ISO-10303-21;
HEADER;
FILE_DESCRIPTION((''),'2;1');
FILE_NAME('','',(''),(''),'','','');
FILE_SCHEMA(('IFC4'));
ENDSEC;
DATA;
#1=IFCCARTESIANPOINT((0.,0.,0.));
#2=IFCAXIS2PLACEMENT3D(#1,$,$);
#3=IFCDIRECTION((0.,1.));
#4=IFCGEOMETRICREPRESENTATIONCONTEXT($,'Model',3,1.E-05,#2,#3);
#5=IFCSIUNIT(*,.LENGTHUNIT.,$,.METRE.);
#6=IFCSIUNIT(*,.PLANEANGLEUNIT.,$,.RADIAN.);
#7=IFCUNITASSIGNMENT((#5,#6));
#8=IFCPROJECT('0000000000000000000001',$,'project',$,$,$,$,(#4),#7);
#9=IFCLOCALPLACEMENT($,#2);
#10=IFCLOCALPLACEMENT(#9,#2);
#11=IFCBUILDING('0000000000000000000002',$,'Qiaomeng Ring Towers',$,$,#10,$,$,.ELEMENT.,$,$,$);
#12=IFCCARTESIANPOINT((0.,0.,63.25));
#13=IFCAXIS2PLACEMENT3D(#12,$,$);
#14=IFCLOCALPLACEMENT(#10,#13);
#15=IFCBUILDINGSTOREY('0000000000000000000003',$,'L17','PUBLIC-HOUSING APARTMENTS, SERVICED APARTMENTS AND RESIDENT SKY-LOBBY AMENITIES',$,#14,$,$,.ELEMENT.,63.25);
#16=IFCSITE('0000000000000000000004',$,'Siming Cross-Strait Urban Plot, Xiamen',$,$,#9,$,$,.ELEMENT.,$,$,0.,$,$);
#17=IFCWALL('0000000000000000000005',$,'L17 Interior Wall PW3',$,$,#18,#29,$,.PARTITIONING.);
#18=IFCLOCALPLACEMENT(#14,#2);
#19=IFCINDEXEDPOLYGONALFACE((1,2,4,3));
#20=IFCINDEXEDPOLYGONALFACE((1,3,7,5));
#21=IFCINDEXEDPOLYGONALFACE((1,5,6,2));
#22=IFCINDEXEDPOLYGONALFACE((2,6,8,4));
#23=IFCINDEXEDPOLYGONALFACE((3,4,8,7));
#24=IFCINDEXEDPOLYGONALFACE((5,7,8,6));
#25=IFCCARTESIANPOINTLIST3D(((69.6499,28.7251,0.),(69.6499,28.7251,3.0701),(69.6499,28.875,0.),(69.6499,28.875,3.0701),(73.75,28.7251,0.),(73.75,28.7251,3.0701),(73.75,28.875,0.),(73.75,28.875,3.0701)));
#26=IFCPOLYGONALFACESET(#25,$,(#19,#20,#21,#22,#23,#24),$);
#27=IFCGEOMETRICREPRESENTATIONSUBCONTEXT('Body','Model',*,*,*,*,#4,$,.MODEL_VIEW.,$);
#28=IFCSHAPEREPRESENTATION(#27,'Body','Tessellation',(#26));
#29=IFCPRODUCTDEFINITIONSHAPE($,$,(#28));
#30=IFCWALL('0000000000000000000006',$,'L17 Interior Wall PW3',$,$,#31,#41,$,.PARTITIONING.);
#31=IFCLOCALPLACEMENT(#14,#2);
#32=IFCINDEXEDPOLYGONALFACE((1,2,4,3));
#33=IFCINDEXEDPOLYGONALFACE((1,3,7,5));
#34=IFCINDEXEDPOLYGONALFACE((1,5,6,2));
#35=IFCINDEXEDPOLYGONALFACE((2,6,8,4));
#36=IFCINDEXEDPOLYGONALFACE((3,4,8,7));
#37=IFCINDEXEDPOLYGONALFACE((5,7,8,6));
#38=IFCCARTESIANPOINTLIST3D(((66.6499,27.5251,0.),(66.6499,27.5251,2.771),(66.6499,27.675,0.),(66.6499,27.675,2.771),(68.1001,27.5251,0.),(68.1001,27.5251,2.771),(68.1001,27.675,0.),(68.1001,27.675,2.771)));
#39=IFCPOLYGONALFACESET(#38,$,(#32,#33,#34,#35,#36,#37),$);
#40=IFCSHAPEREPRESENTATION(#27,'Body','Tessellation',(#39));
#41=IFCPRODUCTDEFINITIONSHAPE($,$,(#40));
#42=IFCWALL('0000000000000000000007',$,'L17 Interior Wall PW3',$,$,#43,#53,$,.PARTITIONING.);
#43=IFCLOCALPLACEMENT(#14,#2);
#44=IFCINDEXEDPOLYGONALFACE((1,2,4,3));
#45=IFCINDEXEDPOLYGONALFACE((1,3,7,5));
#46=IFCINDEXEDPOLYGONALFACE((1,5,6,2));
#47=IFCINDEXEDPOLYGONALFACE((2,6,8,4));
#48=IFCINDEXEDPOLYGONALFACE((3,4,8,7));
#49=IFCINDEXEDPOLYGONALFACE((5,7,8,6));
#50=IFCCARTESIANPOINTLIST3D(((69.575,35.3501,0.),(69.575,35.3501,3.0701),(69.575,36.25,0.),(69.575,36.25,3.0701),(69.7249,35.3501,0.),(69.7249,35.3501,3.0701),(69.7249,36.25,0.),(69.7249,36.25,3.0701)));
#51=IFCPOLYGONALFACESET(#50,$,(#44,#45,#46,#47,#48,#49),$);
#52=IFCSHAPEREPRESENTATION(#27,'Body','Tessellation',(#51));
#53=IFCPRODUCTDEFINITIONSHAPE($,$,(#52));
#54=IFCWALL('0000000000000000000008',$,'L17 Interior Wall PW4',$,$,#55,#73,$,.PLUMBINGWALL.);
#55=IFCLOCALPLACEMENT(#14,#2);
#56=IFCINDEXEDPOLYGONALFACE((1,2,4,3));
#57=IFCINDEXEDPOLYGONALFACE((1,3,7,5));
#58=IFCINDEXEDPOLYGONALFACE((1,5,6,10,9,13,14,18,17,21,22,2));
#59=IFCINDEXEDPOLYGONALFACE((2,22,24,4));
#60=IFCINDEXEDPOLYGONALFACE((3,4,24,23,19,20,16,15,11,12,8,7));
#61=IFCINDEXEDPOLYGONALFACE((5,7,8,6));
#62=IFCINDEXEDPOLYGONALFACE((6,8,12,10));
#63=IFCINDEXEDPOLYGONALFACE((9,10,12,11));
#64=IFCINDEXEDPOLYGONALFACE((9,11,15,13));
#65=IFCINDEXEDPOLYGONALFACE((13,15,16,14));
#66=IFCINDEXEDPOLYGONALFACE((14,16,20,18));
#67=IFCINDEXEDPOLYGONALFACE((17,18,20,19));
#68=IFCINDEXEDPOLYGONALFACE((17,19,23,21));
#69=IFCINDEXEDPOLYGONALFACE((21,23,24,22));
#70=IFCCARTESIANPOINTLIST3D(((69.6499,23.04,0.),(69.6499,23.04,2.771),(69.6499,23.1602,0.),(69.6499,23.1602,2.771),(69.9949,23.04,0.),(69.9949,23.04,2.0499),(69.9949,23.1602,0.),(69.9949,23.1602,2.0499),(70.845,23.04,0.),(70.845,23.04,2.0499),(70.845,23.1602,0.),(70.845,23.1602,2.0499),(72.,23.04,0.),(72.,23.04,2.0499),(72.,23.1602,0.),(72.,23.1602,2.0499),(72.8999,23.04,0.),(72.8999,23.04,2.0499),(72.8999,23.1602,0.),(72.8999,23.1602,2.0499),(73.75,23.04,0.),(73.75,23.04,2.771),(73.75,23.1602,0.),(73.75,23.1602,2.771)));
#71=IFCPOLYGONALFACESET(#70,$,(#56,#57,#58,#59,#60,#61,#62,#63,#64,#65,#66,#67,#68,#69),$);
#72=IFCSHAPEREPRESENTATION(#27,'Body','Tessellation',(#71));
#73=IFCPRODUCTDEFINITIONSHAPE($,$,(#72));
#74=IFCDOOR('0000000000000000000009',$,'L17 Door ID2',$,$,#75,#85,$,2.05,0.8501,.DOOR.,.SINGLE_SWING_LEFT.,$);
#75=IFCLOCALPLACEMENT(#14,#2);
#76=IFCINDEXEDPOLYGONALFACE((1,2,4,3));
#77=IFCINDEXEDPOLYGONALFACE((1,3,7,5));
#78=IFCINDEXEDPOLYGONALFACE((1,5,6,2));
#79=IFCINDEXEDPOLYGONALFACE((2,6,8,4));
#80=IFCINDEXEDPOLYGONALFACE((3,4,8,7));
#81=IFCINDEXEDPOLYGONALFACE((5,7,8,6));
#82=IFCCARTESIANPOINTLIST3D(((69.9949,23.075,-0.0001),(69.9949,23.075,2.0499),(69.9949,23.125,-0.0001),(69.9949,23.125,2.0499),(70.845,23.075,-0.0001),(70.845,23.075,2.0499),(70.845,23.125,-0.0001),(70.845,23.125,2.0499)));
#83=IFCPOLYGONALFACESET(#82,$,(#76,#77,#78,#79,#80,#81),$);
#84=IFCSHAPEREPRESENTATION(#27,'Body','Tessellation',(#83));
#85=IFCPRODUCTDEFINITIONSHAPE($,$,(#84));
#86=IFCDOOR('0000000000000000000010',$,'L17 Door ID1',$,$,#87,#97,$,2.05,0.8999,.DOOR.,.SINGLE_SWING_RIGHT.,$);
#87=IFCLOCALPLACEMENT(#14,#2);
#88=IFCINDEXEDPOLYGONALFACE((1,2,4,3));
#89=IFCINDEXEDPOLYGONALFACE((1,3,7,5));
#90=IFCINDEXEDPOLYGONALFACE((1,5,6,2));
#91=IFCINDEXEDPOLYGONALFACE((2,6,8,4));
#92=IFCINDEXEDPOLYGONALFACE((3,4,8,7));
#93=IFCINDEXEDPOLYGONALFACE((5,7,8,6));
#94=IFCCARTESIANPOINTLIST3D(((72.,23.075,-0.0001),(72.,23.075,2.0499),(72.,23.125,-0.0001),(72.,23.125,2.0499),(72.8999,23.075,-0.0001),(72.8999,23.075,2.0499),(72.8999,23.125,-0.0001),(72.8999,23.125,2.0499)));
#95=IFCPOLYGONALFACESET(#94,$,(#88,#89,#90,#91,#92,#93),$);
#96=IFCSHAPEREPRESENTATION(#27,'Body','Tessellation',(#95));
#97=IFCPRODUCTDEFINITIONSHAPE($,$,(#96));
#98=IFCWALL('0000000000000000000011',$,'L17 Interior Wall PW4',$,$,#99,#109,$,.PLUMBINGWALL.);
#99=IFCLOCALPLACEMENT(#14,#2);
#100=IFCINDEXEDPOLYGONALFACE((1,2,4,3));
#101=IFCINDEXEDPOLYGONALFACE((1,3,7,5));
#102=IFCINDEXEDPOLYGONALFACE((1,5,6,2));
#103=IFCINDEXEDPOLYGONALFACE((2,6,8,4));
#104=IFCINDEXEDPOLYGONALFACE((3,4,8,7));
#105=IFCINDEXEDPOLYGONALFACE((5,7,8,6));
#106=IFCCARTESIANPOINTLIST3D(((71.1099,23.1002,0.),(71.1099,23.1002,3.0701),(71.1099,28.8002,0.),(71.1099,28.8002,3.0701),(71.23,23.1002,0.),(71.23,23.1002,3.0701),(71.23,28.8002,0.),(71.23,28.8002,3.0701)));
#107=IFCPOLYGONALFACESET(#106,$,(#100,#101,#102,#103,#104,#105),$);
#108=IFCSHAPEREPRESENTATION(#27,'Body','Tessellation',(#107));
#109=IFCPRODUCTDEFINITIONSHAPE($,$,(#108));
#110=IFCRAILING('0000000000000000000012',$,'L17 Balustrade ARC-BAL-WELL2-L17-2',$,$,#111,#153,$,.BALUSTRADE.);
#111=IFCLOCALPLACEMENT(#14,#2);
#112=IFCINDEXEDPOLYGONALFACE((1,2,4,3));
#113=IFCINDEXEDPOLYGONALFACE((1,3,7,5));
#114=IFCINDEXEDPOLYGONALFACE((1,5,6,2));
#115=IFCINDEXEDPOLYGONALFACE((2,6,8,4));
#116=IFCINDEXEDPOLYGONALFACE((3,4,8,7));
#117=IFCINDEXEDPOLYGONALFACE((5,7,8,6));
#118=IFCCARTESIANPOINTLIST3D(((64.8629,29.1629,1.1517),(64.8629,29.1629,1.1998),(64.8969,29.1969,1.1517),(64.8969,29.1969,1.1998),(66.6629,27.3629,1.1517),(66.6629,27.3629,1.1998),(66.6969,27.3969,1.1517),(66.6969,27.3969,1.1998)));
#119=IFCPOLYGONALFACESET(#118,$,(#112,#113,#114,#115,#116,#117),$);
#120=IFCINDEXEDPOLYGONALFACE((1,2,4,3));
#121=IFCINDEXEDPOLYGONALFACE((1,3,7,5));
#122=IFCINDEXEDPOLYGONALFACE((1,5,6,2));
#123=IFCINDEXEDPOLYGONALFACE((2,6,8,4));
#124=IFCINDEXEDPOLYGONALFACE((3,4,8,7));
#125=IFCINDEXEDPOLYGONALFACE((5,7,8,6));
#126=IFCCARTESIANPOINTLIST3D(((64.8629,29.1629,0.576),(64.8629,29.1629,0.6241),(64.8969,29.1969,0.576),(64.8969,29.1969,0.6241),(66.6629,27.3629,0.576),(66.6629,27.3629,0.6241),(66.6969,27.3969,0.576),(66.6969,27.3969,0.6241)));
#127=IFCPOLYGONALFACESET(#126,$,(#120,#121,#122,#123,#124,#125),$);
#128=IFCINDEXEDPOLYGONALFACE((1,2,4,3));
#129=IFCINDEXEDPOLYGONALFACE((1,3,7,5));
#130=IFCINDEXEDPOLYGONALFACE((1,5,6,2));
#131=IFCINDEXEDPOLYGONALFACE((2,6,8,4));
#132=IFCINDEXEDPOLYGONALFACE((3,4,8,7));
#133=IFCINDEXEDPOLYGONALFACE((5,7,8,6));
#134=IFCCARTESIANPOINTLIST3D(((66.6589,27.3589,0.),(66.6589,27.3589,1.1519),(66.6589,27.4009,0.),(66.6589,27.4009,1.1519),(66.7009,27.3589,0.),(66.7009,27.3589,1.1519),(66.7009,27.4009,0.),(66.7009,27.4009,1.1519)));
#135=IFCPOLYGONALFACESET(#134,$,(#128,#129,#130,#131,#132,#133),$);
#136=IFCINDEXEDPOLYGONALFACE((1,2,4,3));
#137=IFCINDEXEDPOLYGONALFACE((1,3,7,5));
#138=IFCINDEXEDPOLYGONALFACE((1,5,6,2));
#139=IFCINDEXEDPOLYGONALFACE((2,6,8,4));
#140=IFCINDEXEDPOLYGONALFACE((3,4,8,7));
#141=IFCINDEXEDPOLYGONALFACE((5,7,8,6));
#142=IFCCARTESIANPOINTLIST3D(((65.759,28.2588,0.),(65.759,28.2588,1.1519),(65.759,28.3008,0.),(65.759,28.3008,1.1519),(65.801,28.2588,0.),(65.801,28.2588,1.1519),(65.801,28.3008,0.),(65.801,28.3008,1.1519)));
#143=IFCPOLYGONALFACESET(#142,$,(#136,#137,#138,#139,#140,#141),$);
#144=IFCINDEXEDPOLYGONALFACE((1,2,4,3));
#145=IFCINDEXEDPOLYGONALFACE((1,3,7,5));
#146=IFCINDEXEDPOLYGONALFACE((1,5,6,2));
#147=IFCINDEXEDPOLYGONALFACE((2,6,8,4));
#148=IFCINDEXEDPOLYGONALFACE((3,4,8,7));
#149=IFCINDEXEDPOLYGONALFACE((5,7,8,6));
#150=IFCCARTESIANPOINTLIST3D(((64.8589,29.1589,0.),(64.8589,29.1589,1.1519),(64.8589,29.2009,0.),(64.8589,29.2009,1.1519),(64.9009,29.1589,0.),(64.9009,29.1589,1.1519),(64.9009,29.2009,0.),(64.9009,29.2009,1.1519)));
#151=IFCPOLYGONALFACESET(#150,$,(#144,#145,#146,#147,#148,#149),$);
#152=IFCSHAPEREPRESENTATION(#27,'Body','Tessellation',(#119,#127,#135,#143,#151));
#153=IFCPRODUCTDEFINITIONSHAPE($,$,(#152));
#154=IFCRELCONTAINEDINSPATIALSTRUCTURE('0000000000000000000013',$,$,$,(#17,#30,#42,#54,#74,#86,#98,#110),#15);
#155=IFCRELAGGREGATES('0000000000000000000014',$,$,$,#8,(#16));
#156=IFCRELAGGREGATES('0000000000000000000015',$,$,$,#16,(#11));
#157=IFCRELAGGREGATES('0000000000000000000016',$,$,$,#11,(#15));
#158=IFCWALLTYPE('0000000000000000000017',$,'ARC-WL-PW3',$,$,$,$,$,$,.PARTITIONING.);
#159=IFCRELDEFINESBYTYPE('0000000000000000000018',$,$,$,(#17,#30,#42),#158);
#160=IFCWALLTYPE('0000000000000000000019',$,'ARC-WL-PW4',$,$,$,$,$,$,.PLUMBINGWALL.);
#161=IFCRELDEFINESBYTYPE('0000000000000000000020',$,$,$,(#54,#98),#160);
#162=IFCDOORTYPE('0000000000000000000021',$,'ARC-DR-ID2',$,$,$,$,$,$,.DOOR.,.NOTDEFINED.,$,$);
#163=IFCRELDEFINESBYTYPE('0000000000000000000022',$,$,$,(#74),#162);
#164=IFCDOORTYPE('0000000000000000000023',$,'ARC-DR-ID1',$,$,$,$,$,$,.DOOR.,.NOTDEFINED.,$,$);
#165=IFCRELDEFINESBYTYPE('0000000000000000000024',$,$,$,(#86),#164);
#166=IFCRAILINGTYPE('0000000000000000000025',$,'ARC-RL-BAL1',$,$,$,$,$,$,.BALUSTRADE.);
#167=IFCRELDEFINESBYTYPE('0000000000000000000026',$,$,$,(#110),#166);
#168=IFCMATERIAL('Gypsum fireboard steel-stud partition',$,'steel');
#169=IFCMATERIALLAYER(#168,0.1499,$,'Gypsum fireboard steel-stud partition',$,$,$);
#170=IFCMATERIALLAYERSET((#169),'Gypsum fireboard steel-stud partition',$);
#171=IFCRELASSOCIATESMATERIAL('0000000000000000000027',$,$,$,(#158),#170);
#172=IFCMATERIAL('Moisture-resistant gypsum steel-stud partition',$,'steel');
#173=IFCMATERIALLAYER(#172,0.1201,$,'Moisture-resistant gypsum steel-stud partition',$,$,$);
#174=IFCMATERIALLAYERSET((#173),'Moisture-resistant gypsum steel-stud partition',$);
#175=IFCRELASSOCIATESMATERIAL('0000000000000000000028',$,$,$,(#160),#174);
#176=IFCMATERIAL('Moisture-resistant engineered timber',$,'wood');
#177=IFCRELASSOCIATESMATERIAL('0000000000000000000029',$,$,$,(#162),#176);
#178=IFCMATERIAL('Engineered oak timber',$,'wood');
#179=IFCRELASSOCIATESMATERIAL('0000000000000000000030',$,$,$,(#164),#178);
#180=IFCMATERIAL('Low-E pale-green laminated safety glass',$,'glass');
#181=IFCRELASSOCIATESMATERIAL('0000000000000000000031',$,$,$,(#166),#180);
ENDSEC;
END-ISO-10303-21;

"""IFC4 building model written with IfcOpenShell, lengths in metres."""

from ifc_helpers import new_model, si_unit, direction, frame, frame_2d, origin, origin_2d, place, context, subcontext, project, spatial, rectangle, extrude, source, transform, mapped, material, layer, layer_set, type_object, element, fill, save


model = new_model("IFC4")

# Units and contexts
model_context = context("Model", 3, precision=1e-05, world=origin(), true_north=direction((0.0, 1.0)))
body_context = subcontext(model_context, "Body", "Model", "MODEL_VIEW")
ifc_project = project(units=[si_unit("LENGTHUNIT", "METRE"), si_unit("PLANEANGLEUNIT", "RADIAN")], contexts=[model_context])

# Site, building, storey
site_placement = place(None, origin())
site = spatial("IfcSite", under=ifc_project, at=site_placement, Name="Siming Cross-Strait Urban Plot, Xiamen", CompositionType="ELEMENT", RefElevation=0.0)
building_placement = place(site_placement, origin())
building = spatial("IfcBuilding", under=site, at=building_placement, Name="Qiaomeng Ring Towers", CompositionType="ELEMENT")
storey_placement = place(building_placement, frame((0.0, 0.0, 63.25)))
storey = spatial("IfcBuildingStorey", under=building, at=storey_placement, Name="L17", Description="PUBLIC-HOUSING APARTMENTS, SERVICED APARTMENTS AND RESIDENT SKY-LOBBY AMENITIES", CompositionType="ELEMENT", Elevation=63.25)

# Walls
ifc_material_1 = material(Name="Gypsum fireboard steel-stud partition", Category="steel")
ifc_layer_1 = layer(ifc_material_1, 0.1499, Name="Gypsum fireboard steel-stud partition")
ifc_layer_set_1 = layer_set([ifc_layer_1], Name="Gypsum fireboard steel-stud partition")
wall_type_1 = type_object("IfcWallType", Name="ARC-WL-PW3", PredefinedType="PARTITIONING", material=ifc_layer_set_1)
wall_1_placement = place(storey_placement, frame((69.6499, 28.8, 0.0), z_axis=(0.0, 0.0, 1.0), x_axis=(1.0, 0.0, 0.0)))
element("IfcWall", 1, at=wall_1_placement, inside=storey, type_object=wall_type_1, Name="L17 Interior Wall PW3", PredefinedType="PARTITIONING", context=body_context, shape_type="SweptSolid", body=[
    extrude(rectangle(XDim=4.1001, YDim=0.1499, at=frame_2d((2.05, 0.0))), origin(), (0.0, 0.0, 1.0), 3.0701),
])
wall_2_placement = place(storey_placement, frame((66.6499, 27.6001, 0.0), z_axis=(0.0, 0.0, 1.0), x_axis=(1.0, 0.0, 0.0)))
element("IfcWall", 2, at=wall_2_placement, inside=storey, type_object=wall_type_1, Name="L17 Interior Wall PW3", PredefinedType="PARTITIONING", context=body_context, shape_type="SweptSolid", body=[
    extrude(rectangle(XDim=1.4502, YDim=0.1499, at=frame_2d((0.7251, 0.0))), origin(), (0.0, 0.0, 1.0), 2.771),
])
wall_3_placement = place(storey_placement, frame((69.6499, 35.3501, 0.0), z_axis=(0.0, 0.0, 1.0), x_axis=(0.0, 1.0, 0.0)))
element("IfcWall", 3, at=wall_3_placement, inside=storey, type_object=wall_type_1, Name="L17 Interior Wall PW3", PredefinedType="PARTITIONING", context=body_context, shape_type="SweptSolid", body=[
    extrude(rectangle(XDim=0.8999, YDim=0.1499, at=frame_2d((0.45, 0.0))), origin(), (0.0, 0.0, 1.0), 3.0701),
])

# Wall, openings, doors
ifc_material_2 = material(Name="Moisture-resistant gypsum steel-stud partition", Category="steel")
ifc_layer_2 = layer(ifc_material_2, 0.1201, Name="Moisture-resistant gypsum steel-stud partition")
ifc_layer_set_2 = layer_set([ifc_layer_2], Name="Moisture-resistant gypsum steel-stud partition")
wall_type_2 = type_object("IfcWallType", Name="ARC-WL-PW4", PredefinedType="PLUMBINGWALL", material=ifc_layer_set_2)
wall_4_placement = place(storey_placement, frame((69.6499, 23.1001, 0.0), z_axis=(0.0, 0.0, 1.0), x_axis=(1.0, 0.0, 0.0)))
wall_4 = element("IfcWall", 4, at=wall_4_placement, inside=storey, type_object=wall_type_2, Name="L17 Interior Wall PW4", PredefinedType="PLUMBINGWALL", context=body_context, shape_type="SweptSolid", body=[
    extrude(rectangle(XDim=4.1001, YDim=0.1201, at=frame_2d((2.05, 0.0))), origin(), (0.0, 0.0, 1.0), 2.771),
])
opening_1_placement = place(wall_4_placement, frame((0.345, 0.0, 0.0)))
opening_1 = element("IfcOpeningElement", 5, at=opening_1_placement, cuts=wall_4, PredefinedType="OPENING", context=body_context, shape_type="SweptSolid", body=[
    extrude(rectangle(XDim=0.8501, YDim=2.05, at=frame_2d((0.425, 1.0249))), frame((0.0, 0.0701, 0.0), z_axis=(0.0, -1.0, 0.0), x_axis=(1.0, 0.0, 0.0)), (0.0, 0.0, 1.0), 0.1401),
])
opening_2_placement = place(wall_4_placement, frame((2.3501, 0.0, 0.0)))
opening_2 = element("IfcOpeningElement", 6, at=opening_2_placement, cuts=wall_4, PredefinedType="OPENING", context=body_context, shape_type="SweptSolid", body=[
    extrude(rectangle(XDim=0.8999, YDim=2.05, at=frame_2d((0.45, 1.0249))), frame((0.0, 0.0701, 0.0), z_axis=(0.0, -1.0, 0.0), x_axis=(1.0, 0.0, 0.0)), (0.0, 0.0, 1.0), 0.1401),
])
ifc_material_3 = material(Name="Moisture-resistant engineered timber", Category="wood")
door_type_1 = type_object("IfcDoorType", Name="ARC-DR-ID2", OperationType="NOTDEFINED", PredefinedType="DOOR", material=ifc_material_3)
shared_shape_1 = source(origin(), body_context, "Body", "SweptSolid", [
    extrude(rectangle(XDim=0.8501, YDim=2.05, at=frame_2d((0.425, 1.0249))), frame((0.0, 0.0249, 0.0), z_axis=(0.0, -1.0, 0.0), x_axis=(1.0, 0.0, 0.0)), (0.0, 0.0, 1.0), 0.05),
])
door_1_placement = place(opening_1_placement, origin())
door_1 = element("IfcDoor", 7, at=door_1_placement, inside=storey, type_object=door_type_1, Name="L17 Door ID2", OperationType="SINGLE_SWING_LEFT", OverallHeight=2.05, OverallWidth=0.8501, PredefinedType="DOOR", context=body_context, shape_type="MappedRepresentation", body=[
    mapped(shared_shape_1, transform((0.0, 0.0, 0.0), x_axis=(1.0, 0.0, 0.0), y_axis=(0.0, 1.0, 0.0), z_axis=(0.0, 0.0, 1.0), scale=1.0)),
])
fill(opening_1, door_1)
ifc_material_4 = material(Name="Engineered oak timber", Category="wood")
door_type_2 = type_object("IfcDoorType", Name="ARC-DR-ID1", OperationType="NOTDEFINED", PredefinedType="DOOR", material=ifc_material_4)
shared_shape_2 = source(origin(), body_context, "Body", "SweptSolid", [
    extrude(rectangle(XDim=0.8999, YDim=2.05, at=frame_2d((0.45, 1.0249))), frame((0.0, 0.0249, 0.0), z_axis=(0.0, -1.0, 0.0), x_axis=(1.0, 0.0, 0.0)), (0.0, 0.0, 1.0), 0.05),
])
door_2_placement = place(opening_2_placement, origin())
door_2 = element("IfcDoor", 8, at=door_2_placement, inside=storey, type_object=door_type_2, Name="L17 Door ID1", OperationType="SINGLE_SWING_RIGHT", OverallHeight=2.05, OverallWidth=0.8999, PredefinedType="DOOR", context=body_context, shape_type="MappedRepresentation", body=[
    mapped(shared_shape_2, transform((0.0, 0.0, 0.0), x_axis=(1.0, 0.0, 0.0), y_axis=(0.0, 1.0, 0.0), z_axis=(0.0, 0.0, 1.0), scale=1.0)),
])
fill(opening_2, door_2)

# Wall
wall_5_placement = place(storey_placement, frame((71.1699, 23.1001, 0.0), z_axis=(0.0, 0.0, 1.0), x_axis=(0.0, 1.0, 0.0)))
element("IfcWall", 9, at=wall_5_placement, inside=storey, type_object=wall_type_2, Name="L17 Interior Wall PW4", PredefinedType="PLUMBINGWALL", context=body_context, shape_type="SweptSolid", body=[
    extrude(rectangle(XDim=5.7, YDim=0.1201, at=frame_2d((2.8501, 0.0))), origin(), (0.0, 0.0, 1.0), 3.0701),
])

# Railing
ifc_material_5 = material(Name="Low-E pale-green laminated safety glass", Category="glass")
railing_type = type_object("IfcRailingType", Name="ARC-RL-BAL1", PredefinedType="BALUSTRADE", material=ifc_material_5)
railing_1_placement = place(storey_placement, frame((66.6799, 27.3799, 0.0)))
element("IfcRailing", 10, at=railing_1_placement, inside=storey, type_object=railing_type, Name="L17 Balustrade ARC-BAL-WELL2-L17-2", PredefinedType="BALUSTRADE", context=body_context, shape_type="SweptSolid", body=[
    extrude(rectangle(XDim=0.0481, YDim=0.0481, at=origin_2d()), frame((0.0, 0.0, 1.1758), z_axis=(-0.707107, 0.707107, 0.0), x_axis=(-0.707107, -0.707107, 0.0)), (0.0, 0.0, 1.0), 2.5457),
    extrude(rectangle(XDim=0.0481, YDim=0.0481, at=origin_2d()), frame((0.0, 0.0, 0.6001), z_axis=(-0.707107, 0.707107, 0.0), x_axis=(-0.707107, -0.707107, 0.0)), (0.0, 0.0, 1.0), 2.5457),
    extrude(rectangle(XDim=0.042, YDim=0.042, at=origin_2d()), origin(), (0.0, 0.0, 1.0), 1.1519),
    extrude(rectangle(XDim=0.042, YDim=0.042, at=origin_2d()), frame((-0.8999, 0.8999, 0.0)), (0.0, 0.0, 1.0), 1.1519),
    extrude(rectangle(XDim=0.042, YDim=0.042, at=origin_2d()), frame((-1.8, 1.8, 0.0)), (0.0, 0.0, 1.0), 1.1519),
])

save(model, "model.ifc")
